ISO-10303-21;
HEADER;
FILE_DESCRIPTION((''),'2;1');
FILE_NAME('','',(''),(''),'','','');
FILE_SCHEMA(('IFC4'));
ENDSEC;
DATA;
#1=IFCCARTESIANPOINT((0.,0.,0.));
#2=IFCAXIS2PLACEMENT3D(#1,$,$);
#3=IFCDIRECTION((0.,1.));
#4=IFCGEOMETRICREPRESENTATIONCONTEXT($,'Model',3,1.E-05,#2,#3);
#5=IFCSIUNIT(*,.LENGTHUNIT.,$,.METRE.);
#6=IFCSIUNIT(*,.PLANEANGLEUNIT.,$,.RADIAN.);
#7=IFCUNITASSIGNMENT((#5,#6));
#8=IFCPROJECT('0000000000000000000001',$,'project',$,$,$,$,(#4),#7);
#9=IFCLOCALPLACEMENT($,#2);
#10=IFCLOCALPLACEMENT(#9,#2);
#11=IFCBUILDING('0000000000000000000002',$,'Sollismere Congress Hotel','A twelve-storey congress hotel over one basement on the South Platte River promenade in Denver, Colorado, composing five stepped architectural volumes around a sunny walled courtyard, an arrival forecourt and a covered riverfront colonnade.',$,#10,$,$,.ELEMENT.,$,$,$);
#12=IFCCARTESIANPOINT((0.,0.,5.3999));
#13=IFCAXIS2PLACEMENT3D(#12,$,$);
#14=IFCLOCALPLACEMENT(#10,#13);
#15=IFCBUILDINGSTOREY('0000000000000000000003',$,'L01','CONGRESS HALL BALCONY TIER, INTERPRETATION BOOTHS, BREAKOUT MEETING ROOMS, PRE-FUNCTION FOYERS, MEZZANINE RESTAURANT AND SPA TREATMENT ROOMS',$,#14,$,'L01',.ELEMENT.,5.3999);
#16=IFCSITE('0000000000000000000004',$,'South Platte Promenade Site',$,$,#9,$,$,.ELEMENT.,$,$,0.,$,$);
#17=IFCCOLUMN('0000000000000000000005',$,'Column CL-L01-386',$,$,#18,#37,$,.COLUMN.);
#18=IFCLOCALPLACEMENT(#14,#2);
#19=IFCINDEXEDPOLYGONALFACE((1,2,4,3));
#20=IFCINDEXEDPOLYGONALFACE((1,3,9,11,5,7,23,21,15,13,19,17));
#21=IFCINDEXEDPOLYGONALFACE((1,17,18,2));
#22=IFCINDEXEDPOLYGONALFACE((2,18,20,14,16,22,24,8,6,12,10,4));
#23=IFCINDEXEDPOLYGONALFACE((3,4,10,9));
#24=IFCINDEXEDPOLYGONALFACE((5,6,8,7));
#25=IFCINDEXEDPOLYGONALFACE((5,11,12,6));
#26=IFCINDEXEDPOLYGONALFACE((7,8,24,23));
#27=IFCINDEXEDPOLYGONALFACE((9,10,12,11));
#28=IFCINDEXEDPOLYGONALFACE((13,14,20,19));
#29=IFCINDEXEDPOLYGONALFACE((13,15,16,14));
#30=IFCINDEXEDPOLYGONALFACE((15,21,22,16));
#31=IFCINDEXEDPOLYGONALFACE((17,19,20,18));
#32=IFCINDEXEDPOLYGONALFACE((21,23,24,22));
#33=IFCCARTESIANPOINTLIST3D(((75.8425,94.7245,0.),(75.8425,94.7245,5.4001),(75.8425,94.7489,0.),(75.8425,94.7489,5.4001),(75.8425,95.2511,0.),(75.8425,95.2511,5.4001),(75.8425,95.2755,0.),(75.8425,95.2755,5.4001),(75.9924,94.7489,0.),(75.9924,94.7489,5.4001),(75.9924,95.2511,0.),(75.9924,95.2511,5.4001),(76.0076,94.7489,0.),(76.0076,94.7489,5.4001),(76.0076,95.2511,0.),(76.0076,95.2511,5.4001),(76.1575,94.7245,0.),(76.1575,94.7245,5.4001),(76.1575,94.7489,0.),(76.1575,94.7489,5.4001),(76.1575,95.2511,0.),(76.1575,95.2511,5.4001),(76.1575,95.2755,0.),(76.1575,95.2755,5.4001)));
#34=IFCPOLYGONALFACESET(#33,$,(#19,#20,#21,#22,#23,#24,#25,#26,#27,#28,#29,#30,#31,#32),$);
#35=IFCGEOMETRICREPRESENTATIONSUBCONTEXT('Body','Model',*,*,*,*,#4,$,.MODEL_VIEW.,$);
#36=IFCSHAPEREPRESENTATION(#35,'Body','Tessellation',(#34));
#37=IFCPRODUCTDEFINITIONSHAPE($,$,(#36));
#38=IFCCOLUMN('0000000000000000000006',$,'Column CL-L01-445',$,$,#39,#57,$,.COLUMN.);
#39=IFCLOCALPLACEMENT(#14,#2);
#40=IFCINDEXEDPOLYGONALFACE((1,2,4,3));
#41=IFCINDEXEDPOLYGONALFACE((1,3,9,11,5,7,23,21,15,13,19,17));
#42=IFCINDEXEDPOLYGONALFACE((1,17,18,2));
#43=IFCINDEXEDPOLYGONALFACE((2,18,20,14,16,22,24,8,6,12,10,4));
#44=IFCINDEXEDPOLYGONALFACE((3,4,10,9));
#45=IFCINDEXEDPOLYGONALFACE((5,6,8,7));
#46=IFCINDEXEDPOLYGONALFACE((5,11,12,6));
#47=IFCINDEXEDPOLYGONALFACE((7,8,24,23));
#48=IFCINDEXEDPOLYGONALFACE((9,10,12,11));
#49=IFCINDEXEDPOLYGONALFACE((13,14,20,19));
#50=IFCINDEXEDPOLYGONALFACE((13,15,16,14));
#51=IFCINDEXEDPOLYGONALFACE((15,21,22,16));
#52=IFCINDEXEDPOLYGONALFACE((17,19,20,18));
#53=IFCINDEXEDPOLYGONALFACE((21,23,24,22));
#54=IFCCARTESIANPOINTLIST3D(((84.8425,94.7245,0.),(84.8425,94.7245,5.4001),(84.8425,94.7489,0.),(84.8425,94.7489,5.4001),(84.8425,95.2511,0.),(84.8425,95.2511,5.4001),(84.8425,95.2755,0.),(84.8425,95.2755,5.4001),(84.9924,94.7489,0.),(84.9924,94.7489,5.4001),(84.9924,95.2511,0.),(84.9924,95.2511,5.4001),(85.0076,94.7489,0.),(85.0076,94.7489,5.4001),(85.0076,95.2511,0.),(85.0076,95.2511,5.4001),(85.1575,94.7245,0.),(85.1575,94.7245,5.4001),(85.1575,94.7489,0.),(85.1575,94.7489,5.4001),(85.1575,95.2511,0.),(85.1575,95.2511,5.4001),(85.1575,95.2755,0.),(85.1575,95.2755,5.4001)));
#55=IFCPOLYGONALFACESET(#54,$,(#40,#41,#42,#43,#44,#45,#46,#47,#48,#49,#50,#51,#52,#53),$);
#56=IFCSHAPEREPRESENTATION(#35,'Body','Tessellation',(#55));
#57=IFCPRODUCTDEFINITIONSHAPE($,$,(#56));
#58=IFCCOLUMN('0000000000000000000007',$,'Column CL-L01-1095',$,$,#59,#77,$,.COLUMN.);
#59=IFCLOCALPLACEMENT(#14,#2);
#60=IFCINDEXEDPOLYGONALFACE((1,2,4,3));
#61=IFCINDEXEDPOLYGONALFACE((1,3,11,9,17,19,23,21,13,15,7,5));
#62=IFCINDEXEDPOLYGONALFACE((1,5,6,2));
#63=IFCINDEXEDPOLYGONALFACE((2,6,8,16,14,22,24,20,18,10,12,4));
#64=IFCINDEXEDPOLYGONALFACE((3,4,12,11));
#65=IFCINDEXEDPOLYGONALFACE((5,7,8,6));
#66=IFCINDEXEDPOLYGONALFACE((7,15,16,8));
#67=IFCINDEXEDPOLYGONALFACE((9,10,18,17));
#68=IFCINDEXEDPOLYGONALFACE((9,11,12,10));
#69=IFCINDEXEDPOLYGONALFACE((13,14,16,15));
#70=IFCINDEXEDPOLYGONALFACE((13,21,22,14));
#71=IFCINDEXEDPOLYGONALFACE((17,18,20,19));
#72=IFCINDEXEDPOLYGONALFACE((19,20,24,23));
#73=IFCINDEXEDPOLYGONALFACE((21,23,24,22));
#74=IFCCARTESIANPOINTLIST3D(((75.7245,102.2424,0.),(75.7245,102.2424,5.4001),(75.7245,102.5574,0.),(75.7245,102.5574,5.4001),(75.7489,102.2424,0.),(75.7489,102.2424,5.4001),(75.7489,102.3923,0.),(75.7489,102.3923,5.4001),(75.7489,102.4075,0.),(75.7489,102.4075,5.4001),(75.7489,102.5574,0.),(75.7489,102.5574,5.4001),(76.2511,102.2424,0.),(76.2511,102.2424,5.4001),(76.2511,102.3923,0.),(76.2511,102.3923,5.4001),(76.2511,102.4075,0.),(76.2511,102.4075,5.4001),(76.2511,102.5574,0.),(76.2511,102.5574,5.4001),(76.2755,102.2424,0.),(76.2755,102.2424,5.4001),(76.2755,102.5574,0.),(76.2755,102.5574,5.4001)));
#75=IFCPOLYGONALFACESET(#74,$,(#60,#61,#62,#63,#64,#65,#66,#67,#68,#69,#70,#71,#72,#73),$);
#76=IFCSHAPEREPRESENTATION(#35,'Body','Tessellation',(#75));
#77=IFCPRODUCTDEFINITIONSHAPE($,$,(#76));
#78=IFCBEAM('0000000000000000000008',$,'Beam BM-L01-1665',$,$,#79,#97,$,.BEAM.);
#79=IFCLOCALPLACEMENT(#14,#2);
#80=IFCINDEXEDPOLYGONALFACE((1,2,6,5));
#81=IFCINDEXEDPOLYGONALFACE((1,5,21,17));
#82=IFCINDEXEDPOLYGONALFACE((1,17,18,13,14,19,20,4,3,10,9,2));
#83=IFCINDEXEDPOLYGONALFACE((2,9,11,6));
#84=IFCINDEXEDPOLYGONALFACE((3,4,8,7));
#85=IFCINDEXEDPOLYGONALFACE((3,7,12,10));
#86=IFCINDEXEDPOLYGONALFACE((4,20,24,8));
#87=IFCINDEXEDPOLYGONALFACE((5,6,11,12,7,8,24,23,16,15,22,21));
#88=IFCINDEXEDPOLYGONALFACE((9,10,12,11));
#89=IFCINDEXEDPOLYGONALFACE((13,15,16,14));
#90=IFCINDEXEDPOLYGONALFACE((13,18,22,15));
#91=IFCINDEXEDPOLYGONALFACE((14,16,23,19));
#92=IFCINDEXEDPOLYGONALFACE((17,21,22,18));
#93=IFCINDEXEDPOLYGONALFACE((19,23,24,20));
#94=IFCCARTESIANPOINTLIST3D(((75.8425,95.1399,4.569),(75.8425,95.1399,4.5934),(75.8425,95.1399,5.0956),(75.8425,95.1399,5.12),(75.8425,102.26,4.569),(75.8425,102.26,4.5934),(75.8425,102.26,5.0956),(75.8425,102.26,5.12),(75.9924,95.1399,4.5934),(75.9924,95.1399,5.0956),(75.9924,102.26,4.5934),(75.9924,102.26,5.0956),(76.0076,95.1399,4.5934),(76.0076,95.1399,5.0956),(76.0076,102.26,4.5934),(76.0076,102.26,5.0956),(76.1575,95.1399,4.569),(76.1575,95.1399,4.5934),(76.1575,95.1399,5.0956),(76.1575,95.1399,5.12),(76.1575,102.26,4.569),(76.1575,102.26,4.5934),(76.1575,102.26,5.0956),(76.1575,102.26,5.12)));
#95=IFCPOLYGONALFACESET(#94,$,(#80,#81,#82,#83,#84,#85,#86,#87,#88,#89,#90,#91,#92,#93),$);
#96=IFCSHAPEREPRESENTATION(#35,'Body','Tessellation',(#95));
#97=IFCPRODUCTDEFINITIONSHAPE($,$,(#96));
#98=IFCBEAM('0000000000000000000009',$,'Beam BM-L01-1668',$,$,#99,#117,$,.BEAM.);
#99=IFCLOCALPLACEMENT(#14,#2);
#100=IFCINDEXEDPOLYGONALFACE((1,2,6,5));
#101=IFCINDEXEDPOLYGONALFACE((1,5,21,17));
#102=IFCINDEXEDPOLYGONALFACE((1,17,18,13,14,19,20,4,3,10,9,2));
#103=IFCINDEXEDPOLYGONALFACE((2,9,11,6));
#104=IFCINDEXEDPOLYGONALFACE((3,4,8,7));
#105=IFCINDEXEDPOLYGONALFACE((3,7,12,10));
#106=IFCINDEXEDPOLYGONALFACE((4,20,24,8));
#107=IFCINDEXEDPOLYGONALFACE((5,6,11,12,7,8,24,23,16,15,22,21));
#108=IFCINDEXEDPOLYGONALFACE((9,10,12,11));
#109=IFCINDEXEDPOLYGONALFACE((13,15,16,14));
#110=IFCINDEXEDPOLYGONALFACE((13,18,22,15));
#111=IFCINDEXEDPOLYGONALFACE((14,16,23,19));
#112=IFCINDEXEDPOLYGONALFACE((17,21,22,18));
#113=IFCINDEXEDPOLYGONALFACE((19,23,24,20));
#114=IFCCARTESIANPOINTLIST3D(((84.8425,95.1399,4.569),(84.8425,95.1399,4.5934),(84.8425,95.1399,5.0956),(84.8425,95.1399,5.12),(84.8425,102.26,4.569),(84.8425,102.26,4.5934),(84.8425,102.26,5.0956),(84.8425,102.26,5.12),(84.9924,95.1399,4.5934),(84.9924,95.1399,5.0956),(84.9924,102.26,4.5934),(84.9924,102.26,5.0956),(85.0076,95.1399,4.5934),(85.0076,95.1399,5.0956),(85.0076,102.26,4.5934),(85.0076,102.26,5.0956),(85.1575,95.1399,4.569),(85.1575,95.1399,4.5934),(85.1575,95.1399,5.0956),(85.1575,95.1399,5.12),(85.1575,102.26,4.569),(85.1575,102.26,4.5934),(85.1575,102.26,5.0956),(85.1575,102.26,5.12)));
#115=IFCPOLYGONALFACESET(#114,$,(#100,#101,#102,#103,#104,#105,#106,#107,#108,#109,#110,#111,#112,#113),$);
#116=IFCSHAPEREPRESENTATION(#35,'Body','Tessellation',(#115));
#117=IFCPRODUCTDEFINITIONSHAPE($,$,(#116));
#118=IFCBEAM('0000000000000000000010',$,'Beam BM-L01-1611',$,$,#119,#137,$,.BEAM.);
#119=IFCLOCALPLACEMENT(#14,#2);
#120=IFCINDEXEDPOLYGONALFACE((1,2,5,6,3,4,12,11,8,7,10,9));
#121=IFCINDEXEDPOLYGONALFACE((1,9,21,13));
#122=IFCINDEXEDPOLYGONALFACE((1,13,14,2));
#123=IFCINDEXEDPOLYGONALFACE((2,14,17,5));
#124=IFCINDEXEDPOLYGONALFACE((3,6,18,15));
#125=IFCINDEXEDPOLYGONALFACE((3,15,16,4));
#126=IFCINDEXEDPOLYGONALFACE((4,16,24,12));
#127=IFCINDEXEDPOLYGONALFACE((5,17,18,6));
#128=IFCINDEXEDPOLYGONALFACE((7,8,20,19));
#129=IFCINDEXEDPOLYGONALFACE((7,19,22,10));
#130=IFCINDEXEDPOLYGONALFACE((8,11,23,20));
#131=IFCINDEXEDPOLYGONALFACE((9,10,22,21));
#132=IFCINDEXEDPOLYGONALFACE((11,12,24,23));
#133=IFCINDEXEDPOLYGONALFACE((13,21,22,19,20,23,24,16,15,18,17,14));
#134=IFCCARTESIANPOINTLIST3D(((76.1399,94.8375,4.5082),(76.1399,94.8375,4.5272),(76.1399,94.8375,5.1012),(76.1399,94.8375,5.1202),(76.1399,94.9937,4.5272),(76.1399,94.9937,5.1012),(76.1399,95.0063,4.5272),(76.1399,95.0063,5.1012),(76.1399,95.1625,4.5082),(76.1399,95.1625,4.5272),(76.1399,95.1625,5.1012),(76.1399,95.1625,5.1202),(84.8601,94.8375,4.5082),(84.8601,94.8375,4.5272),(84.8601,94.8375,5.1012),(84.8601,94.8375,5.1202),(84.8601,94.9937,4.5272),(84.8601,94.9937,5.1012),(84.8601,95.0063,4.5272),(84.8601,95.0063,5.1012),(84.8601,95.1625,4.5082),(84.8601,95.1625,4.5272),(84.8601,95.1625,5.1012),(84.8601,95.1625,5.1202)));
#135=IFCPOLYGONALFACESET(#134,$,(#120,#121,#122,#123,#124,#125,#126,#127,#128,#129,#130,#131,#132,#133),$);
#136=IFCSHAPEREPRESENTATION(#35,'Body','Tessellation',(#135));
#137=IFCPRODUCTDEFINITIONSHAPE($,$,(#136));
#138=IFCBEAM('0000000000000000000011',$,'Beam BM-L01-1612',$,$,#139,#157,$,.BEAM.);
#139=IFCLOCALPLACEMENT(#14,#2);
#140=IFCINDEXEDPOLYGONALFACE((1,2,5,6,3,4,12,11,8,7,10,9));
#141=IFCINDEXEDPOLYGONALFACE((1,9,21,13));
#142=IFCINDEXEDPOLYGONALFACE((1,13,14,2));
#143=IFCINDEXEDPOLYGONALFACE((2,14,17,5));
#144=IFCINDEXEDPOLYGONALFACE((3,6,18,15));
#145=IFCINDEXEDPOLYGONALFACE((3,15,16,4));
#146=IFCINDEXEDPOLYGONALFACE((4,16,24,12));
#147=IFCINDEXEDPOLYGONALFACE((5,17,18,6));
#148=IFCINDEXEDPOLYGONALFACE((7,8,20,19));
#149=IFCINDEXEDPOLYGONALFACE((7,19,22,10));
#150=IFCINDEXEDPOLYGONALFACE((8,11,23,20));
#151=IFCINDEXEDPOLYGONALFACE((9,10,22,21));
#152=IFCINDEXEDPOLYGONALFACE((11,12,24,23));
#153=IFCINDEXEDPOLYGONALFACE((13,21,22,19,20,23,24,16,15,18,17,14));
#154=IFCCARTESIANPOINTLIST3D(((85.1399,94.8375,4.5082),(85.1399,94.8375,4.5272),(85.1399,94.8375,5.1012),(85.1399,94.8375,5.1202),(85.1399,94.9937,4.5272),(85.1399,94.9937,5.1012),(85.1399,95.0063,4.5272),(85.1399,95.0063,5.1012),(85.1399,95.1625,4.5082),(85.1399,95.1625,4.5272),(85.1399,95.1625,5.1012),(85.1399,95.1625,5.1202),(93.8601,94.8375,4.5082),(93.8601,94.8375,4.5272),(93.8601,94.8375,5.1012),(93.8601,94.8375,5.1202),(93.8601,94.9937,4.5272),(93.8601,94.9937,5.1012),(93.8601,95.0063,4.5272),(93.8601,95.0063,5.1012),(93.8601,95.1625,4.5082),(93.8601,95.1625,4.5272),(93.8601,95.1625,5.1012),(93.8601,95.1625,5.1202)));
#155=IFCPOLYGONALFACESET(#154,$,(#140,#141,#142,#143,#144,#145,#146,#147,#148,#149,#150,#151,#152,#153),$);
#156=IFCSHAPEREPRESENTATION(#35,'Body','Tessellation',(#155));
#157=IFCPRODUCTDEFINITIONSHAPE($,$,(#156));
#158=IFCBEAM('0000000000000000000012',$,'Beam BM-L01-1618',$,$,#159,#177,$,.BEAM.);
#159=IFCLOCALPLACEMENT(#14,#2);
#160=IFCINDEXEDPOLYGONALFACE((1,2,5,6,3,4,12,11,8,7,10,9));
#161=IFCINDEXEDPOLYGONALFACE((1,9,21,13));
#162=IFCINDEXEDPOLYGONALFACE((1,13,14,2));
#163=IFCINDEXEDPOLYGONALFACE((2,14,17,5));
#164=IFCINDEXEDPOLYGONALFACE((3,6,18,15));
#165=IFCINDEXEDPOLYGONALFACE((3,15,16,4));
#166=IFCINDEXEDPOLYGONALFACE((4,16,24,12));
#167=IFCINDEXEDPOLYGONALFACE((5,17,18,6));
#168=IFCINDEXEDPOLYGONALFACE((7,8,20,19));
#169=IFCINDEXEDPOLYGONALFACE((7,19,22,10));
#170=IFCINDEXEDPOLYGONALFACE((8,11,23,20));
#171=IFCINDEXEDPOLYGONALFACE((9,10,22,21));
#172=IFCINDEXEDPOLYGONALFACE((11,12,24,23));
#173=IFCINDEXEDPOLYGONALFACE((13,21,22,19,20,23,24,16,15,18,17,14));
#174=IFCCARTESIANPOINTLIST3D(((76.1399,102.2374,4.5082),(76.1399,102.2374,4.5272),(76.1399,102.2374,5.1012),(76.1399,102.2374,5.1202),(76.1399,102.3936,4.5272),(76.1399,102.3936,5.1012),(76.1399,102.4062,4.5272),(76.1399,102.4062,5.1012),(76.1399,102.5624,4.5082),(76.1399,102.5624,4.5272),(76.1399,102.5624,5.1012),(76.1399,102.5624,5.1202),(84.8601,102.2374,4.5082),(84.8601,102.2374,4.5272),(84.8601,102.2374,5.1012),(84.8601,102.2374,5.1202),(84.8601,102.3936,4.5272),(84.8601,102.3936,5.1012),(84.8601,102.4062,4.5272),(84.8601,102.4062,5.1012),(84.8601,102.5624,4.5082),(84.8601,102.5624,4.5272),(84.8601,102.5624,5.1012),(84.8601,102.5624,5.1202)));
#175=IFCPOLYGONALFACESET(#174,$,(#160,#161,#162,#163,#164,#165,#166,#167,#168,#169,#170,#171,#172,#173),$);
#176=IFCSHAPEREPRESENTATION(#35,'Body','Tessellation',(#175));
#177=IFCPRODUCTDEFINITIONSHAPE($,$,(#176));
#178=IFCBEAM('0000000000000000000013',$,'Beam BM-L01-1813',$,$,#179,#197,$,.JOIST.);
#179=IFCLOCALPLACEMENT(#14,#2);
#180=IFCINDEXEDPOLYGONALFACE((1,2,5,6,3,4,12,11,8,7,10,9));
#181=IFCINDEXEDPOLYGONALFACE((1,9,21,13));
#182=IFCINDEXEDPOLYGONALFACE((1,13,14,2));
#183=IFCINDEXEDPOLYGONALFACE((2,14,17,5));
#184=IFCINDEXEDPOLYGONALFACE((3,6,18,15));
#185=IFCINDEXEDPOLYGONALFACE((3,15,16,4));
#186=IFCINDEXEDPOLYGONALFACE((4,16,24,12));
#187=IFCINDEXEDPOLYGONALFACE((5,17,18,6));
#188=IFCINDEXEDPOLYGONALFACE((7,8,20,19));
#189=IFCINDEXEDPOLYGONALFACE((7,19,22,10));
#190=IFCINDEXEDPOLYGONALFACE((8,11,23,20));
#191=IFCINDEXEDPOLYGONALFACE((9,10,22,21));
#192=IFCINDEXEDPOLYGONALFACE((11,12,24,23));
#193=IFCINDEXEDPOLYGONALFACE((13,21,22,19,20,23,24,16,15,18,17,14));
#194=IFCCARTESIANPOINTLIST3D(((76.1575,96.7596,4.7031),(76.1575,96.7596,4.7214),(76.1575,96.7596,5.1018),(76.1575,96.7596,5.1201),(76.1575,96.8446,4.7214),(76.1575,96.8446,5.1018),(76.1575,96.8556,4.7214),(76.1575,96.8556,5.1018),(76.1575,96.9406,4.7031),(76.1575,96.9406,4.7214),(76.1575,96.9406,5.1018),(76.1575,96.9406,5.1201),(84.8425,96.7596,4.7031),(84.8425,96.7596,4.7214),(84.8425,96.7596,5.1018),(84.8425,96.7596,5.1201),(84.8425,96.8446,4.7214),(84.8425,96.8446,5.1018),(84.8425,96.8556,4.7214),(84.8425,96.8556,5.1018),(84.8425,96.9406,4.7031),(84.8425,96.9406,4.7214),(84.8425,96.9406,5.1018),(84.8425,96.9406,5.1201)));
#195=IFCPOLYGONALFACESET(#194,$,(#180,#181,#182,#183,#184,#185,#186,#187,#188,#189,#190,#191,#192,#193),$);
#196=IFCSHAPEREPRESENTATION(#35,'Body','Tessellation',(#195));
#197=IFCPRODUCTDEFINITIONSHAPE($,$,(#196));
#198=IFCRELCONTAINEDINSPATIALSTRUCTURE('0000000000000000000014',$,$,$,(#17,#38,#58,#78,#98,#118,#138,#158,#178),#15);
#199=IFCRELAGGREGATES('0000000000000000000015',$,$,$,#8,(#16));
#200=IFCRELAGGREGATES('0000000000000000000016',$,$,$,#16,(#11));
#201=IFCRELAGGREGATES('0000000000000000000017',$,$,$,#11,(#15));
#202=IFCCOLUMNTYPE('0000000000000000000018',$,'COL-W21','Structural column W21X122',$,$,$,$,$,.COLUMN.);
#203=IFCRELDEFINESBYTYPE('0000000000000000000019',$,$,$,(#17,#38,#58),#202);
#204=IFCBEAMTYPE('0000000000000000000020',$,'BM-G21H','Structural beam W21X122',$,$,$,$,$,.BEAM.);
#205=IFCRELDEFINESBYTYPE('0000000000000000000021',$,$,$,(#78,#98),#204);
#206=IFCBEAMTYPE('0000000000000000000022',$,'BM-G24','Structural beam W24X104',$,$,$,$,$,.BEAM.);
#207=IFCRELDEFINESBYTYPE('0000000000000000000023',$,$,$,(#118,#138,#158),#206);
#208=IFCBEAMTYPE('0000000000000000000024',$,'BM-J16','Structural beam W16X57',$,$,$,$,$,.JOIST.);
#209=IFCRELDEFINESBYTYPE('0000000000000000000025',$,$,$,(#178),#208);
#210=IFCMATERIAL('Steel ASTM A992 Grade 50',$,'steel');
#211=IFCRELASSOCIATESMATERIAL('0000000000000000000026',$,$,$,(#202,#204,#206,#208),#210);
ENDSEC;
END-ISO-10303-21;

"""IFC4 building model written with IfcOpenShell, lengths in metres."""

from ifc_helpers import new_model, si_unit, direction, frame, origin, origin_2d, place, context, subcontext, project, spatial, i_section, extrude, material, material_profile, profile_set, type_object, element, save


model = new_model("IFC4")

# Units and contexts
model_context = context("Model", 3, precision=1e-05, world=origin(), true_north=direction((0.0, 1.0)))
body_context = subcontext(model_context, "Body", "Model", "MODEL_VIEW")
ifc_project = project(units=[si_unit("LENGTHUNIT", "METRE"), si_unit("PLANEANGLEUNIT", "RADIAN")], contexts=[model_context])

# Site, building, storey
site_placement = place(None, origin())
site = spatial("IfcSite", under=ifc_project, at=site_placement, Name="South Platte Promenade Site", CompositionType="ELEMENT", RefElevation=0.0)
building_placement = place(site_placement, origin())
building = spatial("IfcBuilding", under=site, at=building_placement, Name="Sollismere Congress Hotel", Description="A twelve-storey congress hotel over one basement on the South Platte River promenade in Denver, Colorado, composing five stepped architectural volumes around a sunny walled courtyard, an arrival forecourt and a covered riverfront colonnade.", CompositionType="ELEMENT")
storey_placement = place(building_placement, frame((0.0, 0.0, 5.3999)))
storey = spatial("IfcBuildingStorey", under=building, at=storey_placement, Name="L01", Description="CONGRESS HALL BALCONY TIER, INTERPRETATION BOOTHS, BREAKOUT MEETING ROOMS, PRE-FUNCTION FOYERS, MEZZANINE RESTAURANT AND SPA TREATMENT ROOMS", LongName="L01", CompositionType="ELEMENT", Elevation=5.3999)

# Columns
ifc_material_1 = material(Name="Steel ASTM A992 Grade 50", Category="steel")
ifc_material_profile_1 = material_profile(ifc_material_1, i_section(OverallWidth=0.3149, OverallDepth=0.551, WebThickness=0.0151, FlangeThickness=0.0244, at=origin_2d()), Name="W21X122")
ifc_profile_set_1 = profile_set([ifc_material_profile_1], Name="Steel ASTM A992 Grade 50")
column_type = type_object("IfcColumnType", Name="COL-W21", Description="Structural column W21X122", PredefinedType="COLUMN", material=ifc_profile_set_1)
for number, where, z_axis, x_axis, name in (
    (1, (76.0, 95.0, 0.0), (0.0, 0.0, 1.0), (1.0, 0.0, 0.0), "Column CL-L01-386"),
    (2, (85.0, 95.0, 0.0), (0.0, 0.0, 1.0), (1.0, 0.0, 0.0), "Column CL-L01-445"),
    (3, (76.0, 102.3999, 0.0), (0.0, 0.0, 1.0), (0.0, 1.0, 0.0), "Column CL-L01-1095"),
):
    element("IfcColumn", number, at=place(storey_placement, frame(where, z_axis=z_axis, x_axis=x_axis)), inside=storey, type_object=column_type, Name=name, PredefinedType="COLUMN", context=body_context, shape_type="SweptSolid", body=[
        extrude(i_section(OverallWidth=0.3149, OverallDepth=0.551, WebThickness=0.0151, FlangeThickness=0.0244, at=origin_2d()), origin(), (0.0, 0.0, 1.0), 5.4001),
    ])

# Beams
ifc_material_profile_2 = material_profile(ifc_material_1, i_section(OverallWidth=0.3149, OverallDepth=0.551, WebThickness=0.0151, FlangeThickness=0.0244, at=origin_2d()), Name="W21X122")
ifc_profile_set_2 = profile_set([ifc_material_profile_2], Name="Steel ASTM A992 Grade 50")
beam_type_1 = type_object("IfcBeamType", Name="BM-G21H", Description="Structural beam W21X122", PredefinedType="BEAM", material=ifc_profile_set_2)
for number, where, z_axis, x_axis, name in (
    (4, (76.0, 95.1399, 4.8445), (0.0, 1.0, 0.0), (-1.0, 0.0, 0.0), "Beam BM-L01-1665"),
    (5, (85.0, 95.1399, 4.8445), (0.0, 1.0, 0.0), (-1.0, 0.0, 0.0), "Beam BM-L01-1668"),
):
    element("IfcBeam", number, at=place(storey_placement, frame(where, z_axis=z_axis, x_axis=x_axis)), inside=storey, type_object=beam_type_1, Name=name, PredefinedType="BEAM", context=body_context, shape_type="SweptSolid", body=[
        extrude(i_section(OverallWidth=0.3149, OverallDepth=0.551, WebThickness=0.0151, FlangeThickness=0.0244, at=origin_2d()), origin(), (0.0, 0.0, 1.0), 7.1201),
    ])
ifc_material_profile_3 = material_profile(ifc_material_1, i_section(OverallWidth=0.325, OverallDepth=0.6121, WebThickness=0.0127, FlangeThickness=0.019, at=origin_2d()), Name="W24X104")
ifc_profile_set_3 = profile_set([ifc_material_profile_3], Name="Steel ASTM A992 Grade 50")
beam_type_2 = type_object("IfcBeamType", Name="BM-G24", Description="Structural beam W24X104", PredefinedType="BEAM", material=ifc_profile_set_3)
for number, where, z_axis, x_axis, name in (
    (6, (76.1399, 95.0, 4.8142), (1.0, 0.0, 0.0), (0.0, 1.0, 0.0), "Beam BM-L01-1611"),
    (7, (85.1399, 95.0, 4.8142), (1.0, 0.0, 0.0), (0.0, 1.0, 0.0), "Beam BM-L01-1612"),
    (8, (76.1399, 102.3999, 4.8142), (1.0, 0.0, 0.0), (0.0, 1.0, 0.0), "Beam BM-L01-1618"),
):
    element("IfcBeam", number, at=place(storey_placement, frame(where, z_axis=z_axis, x_axis=x_axis)), inside=storey, type_object=beam_type_2, Name=name, PredefinedType="BEAM", context=body_context, shape_type="SweptSolid", body=[
        extrude(i_section(OverallWidth=0.325, OverallDepth=0.6121, WebThickness=0.0127, FlangeThickness=0.019, at=origin_2d()), origin(), (0.0, 0.0, 1.0), 8.7202),
    ])
ifc_material_profile_4 = material_profile(ifc_material_1, i_section(OverallWidth=0.1809, OverallDepth=0.417, WebThickness=0.011, FlangeThickness=0.0183, at=origin_2d()), Name="W16X57")
ifc_profile_set_4 = profile_set([ifc_material_profile_4], Name="Steel ASTM A992 Grade 50")
beam_type_3 = type_object("IfcBeamType", Name="BM-J16", Description="Structural beam W16X57", PredefinedType="JOIST", material=ifc_profile_set_4)
for number, where, z_axis, x_axis, name in (
    (9, (76.1575, 96.8501, 4.9116), (1.0, 0.0, 0.0), (0.0, 1.0, 0.0), "Beam BM-L01-1813"),
):
    element("IfcBeam", number, at=place(storey_placement, frame(where, z_axis=z_axis, x_axis=x_axis)), inside=storey, type_object=beam_type_3, Name=name, PredefinedType="JOIST", context=body_context, shape_type="SweptSolid", body=[
        extrude(i_section(OverallWidth=0.1809, OverallDepth=0.417, WebThickness=0.011, FlangeThickness=0.0183, at=origin_2d()), origin(), (0.0, 0.0, 1.0), 8.6851),
    ])

save(model, "model.ifc")
